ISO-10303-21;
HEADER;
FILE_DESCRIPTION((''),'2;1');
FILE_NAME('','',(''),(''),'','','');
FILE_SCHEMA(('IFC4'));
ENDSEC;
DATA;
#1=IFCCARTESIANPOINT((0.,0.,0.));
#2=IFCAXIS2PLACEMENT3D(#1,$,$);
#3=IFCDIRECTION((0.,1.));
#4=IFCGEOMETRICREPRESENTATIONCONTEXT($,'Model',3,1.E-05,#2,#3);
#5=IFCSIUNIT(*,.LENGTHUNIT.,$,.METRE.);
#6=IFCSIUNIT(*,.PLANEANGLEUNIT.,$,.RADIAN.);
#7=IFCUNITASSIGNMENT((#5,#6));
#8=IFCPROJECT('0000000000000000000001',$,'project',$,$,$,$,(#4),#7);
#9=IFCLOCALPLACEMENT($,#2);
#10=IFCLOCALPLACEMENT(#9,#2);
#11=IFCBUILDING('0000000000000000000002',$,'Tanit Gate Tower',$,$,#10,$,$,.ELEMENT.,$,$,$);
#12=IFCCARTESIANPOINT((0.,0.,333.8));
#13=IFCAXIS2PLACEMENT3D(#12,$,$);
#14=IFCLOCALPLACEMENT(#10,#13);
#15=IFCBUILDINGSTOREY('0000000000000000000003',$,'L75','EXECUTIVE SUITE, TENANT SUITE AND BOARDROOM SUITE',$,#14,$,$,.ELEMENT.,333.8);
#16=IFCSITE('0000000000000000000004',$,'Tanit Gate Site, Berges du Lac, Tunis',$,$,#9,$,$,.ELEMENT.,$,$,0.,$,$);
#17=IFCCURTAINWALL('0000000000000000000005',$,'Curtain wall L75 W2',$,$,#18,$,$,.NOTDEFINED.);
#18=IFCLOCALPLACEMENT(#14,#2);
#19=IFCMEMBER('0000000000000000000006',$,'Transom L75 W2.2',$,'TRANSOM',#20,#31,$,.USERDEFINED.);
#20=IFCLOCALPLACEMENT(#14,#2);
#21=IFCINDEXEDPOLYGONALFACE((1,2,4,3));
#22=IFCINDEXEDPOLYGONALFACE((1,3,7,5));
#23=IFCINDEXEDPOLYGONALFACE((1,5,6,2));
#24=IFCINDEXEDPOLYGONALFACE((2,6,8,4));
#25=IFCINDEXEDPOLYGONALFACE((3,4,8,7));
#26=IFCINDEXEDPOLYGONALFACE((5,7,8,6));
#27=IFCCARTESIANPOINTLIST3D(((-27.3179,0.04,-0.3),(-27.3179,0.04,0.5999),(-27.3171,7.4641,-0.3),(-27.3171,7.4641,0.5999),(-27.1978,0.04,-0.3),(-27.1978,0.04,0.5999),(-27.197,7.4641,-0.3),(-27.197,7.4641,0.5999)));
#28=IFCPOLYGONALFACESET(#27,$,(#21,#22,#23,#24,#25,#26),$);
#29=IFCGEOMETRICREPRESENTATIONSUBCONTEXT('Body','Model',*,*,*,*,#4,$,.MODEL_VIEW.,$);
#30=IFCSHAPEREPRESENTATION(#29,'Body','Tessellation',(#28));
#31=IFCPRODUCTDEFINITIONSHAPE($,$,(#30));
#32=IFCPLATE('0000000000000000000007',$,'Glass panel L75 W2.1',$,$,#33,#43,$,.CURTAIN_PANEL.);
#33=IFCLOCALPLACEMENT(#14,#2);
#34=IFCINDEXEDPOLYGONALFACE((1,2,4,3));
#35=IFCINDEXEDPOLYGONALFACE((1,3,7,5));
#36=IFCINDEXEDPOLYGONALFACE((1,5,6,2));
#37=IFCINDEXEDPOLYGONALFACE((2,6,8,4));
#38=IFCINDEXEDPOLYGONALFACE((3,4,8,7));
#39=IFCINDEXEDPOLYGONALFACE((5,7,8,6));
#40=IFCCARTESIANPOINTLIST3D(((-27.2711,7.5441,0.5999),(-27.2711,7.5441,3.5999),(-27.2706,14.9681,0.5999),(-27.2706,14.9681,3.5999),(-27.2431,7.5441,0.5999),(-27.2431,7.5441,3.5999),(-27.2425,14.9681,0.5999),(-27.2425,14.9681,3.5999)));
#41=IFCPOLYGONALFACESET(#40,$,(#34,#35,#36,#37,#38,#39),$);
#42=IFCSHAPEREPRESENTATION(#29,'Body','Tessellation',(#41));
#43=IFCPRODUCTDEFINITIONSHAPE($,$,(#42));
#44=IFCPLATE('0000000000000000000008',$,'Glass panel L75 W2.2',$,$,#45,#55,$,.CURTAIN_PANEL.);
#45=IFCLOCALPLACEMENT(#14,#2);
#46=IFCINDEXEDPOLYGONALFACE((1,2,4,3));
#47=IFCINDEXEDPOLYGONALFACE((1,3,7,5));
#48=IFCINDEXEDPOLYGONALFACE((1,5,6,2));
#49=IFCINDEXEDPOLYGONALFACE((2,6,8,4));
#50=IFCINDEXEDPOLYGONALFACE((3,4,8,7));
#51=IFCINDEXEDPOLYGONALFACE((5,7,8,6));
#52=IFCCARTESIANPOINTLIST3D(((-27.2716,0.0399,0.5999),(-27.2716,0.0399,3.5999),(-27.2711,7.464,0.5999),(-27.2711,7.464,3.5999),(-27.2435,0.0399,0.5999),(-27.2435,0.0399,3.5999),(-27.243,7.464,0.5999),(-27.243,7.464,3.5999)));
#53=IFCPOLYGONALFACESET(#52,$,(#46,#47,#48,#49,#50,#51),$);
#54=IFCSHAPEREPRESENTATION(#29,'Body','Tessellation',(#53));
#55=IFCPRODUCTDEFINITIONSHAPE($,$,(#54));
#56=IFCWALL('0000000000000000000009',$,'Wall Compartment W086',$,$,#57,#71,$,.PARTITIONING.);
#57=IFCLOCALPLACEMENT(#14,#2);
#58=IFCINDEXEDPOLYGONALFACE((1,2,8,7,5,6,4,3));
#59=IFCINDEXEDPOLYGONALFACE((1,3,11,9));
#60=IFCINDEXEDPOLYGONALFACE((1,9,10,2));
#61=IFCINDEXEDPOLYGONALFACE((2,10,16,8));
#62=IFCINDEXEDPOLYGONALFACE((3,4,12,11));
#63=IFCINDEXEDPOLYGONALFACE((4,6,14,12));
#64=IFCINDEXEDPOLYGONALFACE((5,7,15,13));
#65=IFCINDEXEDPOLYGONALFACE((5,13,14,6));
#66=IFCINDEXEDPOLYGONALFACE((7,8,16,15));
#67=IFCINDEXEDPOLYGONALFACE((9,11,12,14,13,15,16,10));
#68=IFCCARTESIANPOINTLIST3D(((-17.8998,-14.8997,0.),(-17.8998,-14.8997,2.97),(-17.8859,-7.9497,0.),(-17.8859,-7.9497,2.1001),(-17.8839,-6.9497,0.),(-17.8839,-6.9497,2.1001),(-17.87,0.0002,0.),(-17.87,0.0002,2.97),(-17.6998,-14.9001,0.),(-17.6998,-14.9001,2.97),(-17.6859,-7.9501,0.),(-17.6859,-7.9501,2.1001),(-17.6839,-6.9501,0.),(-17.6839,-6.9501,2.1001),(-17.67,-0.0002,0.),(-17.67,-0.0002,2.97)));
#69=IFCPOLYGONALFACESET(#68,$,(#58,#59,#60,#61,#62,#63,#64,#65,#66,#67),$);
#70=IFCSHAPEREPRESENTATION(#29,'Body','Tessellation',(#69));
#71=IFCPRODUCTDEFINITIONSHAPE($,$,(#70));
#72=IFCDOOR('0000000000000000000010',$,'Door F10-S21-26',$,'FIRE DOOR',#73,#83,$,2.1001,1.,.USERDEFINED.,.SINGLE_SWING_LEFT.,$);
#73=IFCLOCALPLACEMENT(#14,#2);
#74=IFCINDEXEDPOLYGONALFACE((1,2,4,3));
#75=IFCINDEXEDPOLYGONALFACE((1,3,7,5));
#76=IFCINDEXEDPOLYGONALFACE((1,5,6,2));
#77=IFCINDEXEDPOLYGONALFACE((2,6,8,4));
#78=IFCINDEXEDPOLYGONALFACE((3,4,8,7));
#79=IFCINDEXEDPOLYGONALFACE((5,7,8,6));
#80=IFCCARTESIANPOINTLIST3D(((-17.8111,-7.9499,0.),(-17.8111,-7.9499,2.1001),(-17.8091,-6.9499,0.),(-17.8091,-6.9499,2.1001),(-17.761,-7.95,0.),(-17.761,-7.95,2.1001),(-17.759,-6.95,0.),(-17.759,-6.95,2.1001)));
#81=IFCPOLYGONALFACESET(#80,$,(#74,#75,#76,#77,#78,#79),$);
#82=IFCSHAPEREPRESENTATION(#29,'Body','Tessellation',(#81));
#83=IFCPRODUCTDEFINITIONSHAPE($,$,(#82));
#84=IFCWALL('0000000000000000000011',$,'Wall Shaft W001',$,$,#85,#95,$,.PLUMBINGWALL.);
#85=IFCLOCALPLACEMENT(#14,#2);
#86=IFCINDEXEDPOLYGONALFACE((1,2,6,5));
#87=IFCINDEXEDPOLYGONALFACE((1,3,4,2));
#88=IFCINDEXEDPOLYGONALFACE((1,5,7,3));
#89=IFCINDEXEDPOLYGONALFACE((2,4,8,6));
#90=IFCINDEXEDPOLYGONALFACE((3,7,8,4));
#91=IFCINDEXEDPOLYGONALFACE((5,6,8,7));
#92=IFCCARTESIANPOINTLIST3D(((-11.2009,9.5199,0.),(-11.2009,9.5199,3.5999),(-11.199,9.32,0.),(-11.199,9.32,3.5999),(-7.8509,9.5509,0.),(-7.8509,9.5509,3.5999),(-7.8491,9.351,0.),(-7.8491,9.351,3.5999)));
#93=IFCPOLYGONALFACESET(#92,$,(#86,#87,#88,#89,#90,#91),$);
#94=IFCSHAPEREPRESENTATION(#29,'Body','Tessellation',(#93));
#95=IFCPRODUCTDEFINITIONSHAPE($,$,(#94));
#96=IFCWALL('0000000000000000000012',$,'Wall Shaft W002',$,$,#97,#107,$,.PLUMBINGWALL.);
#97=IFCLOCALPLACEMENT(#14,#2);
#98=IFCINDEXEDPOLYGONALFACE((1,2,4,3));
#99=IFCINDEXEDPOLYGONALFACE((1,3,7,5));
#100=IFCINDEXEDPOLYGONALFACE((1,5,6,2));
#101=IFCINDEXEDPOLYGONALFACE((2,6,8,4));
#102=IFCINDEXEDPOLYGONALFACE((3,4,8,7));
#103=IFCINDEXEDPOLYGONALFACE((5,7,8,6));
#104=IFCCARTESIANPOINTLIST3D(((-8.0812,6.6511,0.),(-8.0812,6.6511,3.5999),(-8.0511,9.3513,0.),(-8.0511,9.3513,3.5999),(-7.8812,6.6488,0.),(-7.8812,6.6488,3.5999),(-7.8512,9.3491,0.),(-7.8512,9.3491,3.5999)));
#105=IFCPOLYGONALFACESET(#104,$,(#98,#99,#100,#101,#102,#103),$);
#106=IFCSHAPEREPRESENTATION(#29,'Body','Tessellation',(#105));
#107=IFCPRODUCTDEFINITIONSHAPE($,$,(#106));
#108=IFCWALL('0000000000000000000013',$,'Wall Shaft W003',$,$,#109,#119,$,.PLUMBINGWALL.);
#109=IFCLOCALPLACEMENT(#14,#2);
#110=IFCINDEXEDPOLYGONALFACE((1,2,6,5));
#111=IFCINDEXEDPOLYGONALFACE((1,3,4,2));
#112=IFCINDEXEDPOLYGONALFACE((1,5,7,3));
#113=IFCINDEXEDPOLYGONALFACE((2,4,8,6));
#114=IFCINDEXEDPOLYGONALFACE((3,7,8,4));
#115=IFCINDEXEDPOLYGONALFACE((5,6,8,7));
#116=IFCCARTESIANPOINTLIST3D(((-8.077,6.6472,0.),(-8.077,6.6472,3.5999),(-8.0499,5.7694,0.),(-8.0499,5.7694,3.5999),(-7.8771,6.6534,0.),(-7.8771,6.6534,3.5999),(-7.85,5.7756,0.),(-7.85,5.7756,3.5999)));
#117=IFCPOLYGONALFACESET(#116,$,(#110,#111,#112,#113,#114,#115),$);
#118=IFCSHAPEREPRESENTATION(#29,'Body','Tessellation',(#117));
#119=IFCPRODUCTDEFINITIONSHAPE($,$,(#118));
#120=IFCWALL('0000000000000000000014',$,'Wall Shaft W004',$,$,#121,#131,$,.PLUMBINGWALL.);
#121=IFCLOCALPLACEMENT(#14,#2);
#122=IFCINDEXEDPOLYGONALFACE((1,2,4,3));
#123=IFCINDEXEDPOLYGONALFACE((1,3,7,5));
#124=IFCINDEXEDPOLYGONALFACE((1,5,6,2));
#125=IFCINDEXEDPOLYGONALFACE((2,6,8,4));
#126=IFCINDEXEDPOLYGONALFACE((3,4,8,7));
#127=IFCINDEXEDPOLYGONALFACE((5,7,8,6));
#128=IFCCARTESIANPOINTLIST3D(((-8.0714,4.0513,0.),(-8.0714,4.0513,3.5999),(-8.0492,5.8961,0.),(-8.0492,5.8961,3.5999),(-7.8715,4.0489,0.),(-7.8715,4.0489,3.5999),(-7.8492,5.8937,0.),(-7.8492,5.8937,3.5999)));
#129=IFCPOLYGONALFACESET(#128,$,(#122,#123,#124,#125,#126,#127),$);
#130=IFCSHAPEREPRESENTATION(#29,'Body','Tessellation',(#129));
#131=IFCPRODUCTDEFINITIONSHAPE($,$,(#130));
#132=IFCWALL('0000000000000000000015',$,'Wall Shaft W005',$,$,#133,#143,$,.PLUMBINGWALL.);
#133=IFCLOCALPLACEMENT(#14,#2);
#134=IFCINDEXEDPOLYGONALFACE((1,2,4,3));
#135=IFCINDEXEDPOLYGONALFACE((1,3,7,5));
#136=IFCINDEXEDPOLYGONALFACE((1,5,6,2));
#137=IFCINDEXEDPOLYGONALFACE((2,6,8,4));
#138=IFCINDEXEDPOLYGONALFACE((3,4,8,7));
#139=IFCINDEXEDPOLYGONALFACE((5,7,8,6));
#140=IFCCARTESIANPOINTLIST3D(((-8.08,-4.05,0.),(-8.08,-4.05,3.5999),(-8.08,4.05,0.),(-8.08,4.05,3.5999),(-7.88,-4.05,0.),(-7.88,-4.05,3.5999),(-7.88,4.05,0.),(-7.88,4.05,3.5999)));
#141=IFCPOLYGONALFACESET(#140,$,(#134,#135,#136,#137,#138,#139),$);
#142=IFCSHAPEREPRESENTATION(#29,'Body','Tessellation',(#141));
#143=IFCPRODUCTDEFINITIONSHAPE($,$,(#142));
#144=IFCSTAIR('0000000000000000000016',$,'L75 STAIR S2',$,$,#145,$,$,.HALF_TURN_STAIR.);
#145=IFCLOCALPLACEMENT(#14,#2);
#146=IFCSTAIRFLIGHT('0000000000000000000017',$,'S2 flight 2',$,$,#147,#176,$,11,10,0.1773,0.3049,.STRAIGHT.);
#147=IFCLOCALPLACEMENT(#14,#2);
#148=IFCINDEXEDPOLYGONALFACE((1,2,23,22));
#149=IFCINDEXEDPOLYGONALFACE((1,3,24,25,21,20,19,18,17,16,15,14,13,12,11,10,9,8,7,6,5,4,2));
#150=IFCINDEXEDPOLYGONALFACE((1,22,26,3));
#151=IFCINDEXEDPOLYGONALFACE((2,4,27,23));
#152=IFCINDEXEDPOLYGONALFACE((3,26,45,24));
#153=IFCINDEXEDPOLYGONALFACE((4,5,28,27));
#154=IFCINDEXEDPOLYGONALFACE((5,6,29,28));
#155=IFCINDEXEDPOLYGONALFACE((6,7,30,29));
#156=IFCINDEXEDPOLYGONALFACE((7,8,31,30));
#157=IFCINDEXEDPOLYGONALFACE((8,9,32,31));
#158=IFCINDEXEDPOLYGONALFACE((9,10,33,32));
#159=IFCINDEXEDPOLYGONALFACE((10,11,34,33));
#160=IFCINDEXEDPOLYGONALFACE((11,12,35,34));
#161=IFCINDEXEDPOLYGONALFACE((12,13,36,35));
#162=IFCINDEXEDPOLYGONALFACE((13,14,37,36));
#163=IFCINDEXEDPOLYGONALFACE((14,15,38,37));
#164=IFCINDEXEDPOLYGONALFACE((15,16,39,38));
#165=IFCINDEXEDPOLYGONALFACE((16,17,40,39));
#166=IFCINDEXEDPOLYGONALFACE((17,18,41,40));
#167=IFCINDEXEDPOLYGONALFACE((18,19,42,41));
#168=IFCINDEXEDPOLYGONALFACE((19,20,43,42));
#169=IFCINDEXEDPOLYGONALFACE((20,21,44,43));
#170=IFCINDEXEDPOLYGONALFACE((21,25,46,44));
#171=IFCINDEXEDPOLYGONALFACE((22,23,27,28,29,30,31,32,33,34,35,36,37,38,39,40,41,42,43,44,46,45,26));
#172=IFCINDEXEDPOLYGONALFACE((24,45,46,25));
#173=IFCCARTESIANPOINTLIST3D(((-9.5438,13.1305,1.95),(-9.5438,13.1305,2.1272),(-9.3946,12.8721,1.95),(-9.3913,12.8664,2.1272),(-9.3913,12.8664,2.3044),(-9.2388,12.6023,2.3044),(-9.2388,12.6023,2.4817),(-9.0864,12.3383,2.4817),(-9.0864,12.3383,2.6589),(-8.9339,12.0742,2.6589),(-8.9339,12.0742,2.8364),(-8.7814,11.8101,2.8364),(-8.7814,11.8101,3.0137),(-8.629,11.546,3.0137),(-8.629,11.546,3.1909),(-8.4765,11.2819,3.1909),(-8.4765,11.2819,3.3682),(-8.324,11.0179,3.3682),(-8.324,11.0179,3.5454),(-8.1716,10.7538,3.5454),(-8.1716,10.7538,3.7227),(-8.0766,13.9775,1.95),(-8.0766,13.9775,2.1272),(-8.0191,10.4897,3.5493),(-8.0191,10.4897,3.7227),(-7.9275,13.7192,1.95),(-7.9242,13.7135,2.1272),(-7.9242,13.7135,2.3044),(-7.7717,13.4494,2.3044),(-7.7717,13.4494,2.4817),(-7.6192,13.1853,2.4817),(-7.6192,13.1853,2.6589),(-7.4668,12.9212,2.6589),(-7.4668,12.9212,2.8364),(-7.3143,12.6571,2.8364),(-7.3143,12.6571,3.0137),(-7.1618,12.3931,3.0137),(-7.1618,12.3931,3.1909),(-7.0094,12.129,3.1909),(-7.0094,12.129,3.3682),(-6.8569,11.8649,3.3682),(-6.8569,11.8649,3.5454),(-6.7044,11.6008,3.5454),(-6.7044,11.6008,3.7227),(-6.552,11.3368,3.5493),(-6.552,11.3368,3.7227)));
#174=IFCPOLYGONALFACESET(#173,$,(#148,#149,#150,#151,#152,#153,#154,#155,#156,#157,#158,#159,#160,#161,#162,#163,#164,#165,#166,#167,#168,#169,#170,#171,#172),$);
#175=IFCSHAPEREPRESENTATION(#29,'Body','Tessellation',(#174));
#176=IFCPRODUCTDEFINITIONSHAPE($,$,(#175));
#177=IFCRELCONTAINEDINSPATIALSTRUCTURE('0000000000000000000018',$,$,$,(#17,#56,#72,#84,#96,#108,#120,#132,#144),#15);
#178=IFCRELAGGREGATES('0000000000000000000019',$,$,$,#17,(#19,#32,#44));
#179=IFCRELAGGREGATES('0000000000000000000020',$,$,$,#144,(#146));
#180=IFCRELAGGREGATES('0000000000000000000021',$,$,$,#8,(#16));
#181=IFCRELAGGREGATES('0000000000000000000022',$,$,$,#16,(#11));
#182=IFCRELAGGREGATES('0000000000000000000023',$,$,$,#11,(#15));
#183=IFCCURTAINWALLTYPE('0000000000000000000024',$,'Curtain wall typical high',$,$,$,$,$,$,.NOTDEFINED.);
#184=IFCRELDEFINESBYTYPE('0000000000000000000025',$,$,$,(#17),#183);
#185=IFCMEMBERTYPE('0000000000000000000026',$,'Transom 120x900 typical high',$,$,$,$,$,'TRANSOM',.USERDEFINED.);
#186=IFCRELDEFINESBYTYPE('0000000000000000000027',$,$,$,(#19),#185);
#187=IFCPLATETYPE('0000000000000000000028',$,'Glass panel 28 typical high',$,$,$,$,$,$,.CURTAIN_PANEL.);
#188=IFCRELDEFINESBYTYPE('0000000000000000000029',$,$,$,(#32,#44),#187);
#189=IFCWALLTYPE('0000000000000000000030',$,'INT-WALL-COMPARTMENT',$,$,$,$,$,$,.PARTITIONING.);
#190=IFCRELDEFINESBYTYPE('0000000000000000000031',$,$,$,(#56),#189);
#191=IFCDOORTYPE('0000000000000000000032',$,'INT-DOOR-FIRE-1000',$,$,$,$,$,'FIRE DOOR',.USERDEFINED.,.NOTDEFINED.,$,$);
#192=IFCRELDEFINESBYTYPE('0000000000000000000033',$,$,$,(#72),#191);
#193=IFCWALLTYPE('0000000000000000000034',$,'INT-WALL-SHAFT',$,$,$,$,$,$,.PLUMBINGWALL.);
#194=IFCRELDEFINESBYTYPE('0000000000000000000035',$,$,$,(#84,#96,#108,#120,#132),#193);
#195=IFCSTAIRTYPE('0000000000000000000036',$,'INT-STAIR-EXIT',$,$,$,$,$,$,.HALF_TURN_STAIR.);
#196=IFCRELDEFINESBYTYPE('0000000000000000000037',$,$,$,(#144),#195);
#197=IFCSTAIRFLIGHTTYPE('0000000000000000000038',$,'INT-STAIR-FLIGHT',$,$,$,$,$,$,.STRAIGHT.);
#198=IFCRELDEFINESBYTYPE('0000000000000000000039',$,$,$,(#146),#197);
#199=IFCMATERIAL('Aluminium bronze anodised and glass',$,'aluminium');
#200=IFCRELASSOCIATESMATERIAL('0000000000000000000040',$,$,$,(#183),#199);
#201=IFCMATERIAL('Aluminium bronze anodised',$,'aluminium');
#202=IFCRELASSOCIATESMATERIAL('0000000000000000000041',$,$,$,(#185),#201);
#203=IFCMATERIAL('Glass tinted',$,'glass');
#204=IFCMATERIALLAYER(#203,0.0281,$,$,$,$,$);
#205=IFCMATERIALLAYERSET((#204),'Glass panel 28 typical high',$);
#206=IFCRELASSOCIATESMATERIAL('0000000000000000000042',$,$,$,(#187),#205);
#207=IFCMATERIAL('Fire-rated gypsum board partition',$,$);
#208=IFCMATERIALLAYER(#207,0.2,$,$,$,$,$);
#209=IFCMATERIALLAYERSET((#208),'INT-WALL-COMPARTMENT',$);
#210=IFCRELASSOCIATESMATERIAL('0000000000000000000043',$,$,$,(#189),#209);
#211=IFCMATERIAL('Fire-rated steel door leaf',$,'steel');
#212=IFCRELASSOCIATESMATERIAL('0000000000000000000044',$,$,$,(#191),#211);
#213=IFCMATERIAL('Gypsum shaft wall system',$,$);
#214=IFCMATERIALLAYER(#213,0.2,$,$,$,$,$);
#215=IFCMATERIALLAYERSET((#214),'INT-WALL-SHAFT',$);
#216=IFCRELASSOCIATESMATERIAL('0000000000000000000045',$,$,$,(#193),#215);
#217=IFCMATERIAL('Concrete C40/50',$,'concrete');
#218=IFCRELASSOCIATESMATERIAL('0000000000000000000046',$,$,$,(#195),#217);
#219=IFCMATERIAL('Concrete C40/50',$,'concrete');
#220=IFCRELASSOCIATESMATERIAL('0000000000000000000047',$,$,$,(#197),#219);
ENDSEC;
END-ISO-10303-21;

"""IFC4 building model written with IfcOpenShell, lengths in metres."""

from ifc_helpers import new_model, si_unit, direction, frame, frame_2d, origin, origin_2d, place, context, subcontext, project, spatial, polyline, rectangle, outline, extrude, material, layer, layer_set, material_profile, profile_set, type_object, element, fill, aggregate, save


model = new_model("IFC4")

# Units and contexts
model_context = context("Model", 3, precision=1e-05, world=origin(), true_north=direction((0.0, 1.0)))
body_context = subcontext(model_context, "Body", "Model", "MODEL_VIEW")
ifc_project = project(units=[si_unit("LENGTHUNIT", "METRE"), si_unit("PLANEANGLEUNIT", "RADIAN")], contexts=[model_context])

# Site, building, storey
site_placement = place(None, origin())
site = spatial("IfcSite", under=ifc_project, at=site_placement, Name="Tanit Gate Site, Berges du Lac, Tunis", CompositionType="ELEMENT", RefElevation=0.0)
building_placement = place(site_placement, origin())
building = spatial("IfcBuilding", under=site, at=building_placement, Name="Tanit Gate Tower", CompositionType="ELEMENT")
storey_placement = place(building_placement, frame((0.0, 0.0, 333.8)))
storey = spatial("IfcBuildingStorey", under=building, at=storey_placement, Name="L75", Description="EXECUTIVE SUITE, TENANT SUITE AND BOARDROOM SUITE", CompositionType="ELEMENT", Elevation=333.8)

# Curtain wall
ifc_material_1 = material(Name="Aluminium bronze anodised and glass", Category="aluminium")
curtain_wall_type = type_object("IfcCurtainWallType", Name="Curtain wall typical high", PredefinedType="NOTDEFINED", material=ifc_material_1)
curtain_wall_1_placement = place(storey_placement, origin())
curtain_wall_1 = element("IfcCurtainWall", 1, at=curtain_wall_1_placement, inside=storey, type_object=curtain_wall_type, Name="Curtain wall L75 W2", PredefinedType="NOTDEFINED")

# Member
ifc_material_2 = material(Name="Aluminium bronze anodised", Category="aluminium")
ifc_material_profile_1 = material_profile(ifc_material_2, rectangle(XDim=0.1201, YDim=0.8999, at=origin_2d()), Name="120x900 bronze transom")
ifc_profile_set_1 = profile_set([ifc_material_profile_1], Name="Aluminium bronze anodised")
member_type_1 = type_object("IfcMemberType", Name="Transom 120x900 typical high", ElementType="TRANSOM", PredefinedType="USERDEFINED", material=ifc_profile_set_1)
member_1_placement = place(storey_placement, frame((-27.2571, 7.4641, 0.1499), z_axis=(-0.000099, -1.0, 0.0), x_axis=(1.0, -0.000099, 0.0)))
member_1 = element("IfcMember", 2, at=member_1_placement, type_object=member_type_1, Name="Transom L75 W2.2", ObjectType="TRANSOM", PredefinedType="USERDEFINED", context=body_context, shape_type="SweptSolid", body=[
    extrude(rectangle(XDim=0.1201, YDim=0.8999, at=origin_2d()), origin(), (0.0, 0.0, 1.0), 7.4241),
])

# Plates
ifc_material_3 = material(Name="Glass tinted", Category="glass")
ifc_layer_1 = layer(ifc_material_3, 0.0281)
ifc_layer_set_1 = layer_set([ifc_layer_1], Name="Glass panel 28 typical high")
plate_type = type_object("IfcPlateType", Name="Glass panel 28 typical high", PredefinedType="CURTAIN_PANEL", material=ifc_layer_set_1)
plate_1_placement = place(storey_placement, frame((-27.2568, 11.2561, 0.5999), z_axis=(0.0, 0.0, 1.0), x_axis=(-0.000069, -1.0, 0.0)))
plate_1 = element("IfcPlate", 3, at=plate_1_placement, type_object=plate_type, Name="Glass panel L75 W2.1", PredefinedType="CURTAIN_PANEL", context=body_context, shape_type="SweptSolid", body=[
    extrude(rectangle(XDim=7.4241, YDim=0.0281, at=origin_2d()), origin(), (0.0, 0.0, 1.0), 3.0),
])
plate_2_placement = place(storey_placement, frame((-27.2573, 3.752, 0.5999), z_axis=(0.0, 0.0, 1.0), x_axis=(-0.000069, -1.0, 0.0)))
plate_2 = element("IfcPlate", 4, at=plate_2_placement, type_object=plate_type, Name="Glass panel L75 W2.2", PredefinedType="CURTAIN_PANEL", context=body_context, shape_type="SweptSolid", body=[
    extrude(rectangle(XDim=7.4241, YDim=0.0281, at=origin_2d()), origin(), (0.0, 0.0, 1.0), 3.0),
])
aggregate(curtain_wall_1, [member_1, plate_1, plate_2])

# Wall, opening, door
ifc_material_4 = material(Name="Fire-rated gypsum board partition")
ifc_layer_2 = layer(ifc_material_4, 0.2)
ifc_layer_set_2 = layer_set([ifc_layer_2], Name="INT-WALL-COMPARTMENT")
wall_type_1 = type_object("IfcWallType", Name="INT-WALL-COMPARTMENT", PredefinedType="PARTITIONING", material=ifc_layer_set_2)
wall_1_placement = place(storey_placement, frame((-17.77, 0.0, 0.0), z_axis=(0.0, 0.0, 1.0), x_axis=(-0.001999, -0.999998, 0.0)))
wall_1 = element("IfcWall", 5, at=wall_1_placement, inside=storey, type_object=wall_type_1, Name="Wall Compartment W086", PredefinedType="PARTITIONING", context=body_context, shape_type="SweptSolid", body=[
    extrude(rectangle(XDim=14.8999, YDim=0.2, at=frame_2d((7.45, 0.0))), origin(), (0.0, 0.0, 1.0), 2.97),
])
opening_placement = place(wall_1_placement, frame((6.95, 0.0, 0.0)))
opening = element("IfcOpeningElement", 6, at=opening_placement, cuts=wall_1, PredefinedType="OPENING", context=body_context, shape_type="SweptSolid", body=[
    extrude(rectangle(XDim=1.0, YDim=2.1001, at=frame_2d((0.5, 1.05))), frame((0.0, 0.1099, 0.0), z_axis=(0.0, -1.0, 0.0), x_axis=(1.0, 0.0, 0.0)), (0.0, 0.0, 1.0), 0.22),
])
ifc_material_5 = material(Name="Fire-rated steel door leaf", Category="steel")
door_type = type_object("IfcDoorType", Name="INT-DOOR-FIRE-1000", ElementType="FIRE DOOR", OperationType="NOTDEFINED", PredefinedType="USERDEFINED", material=ifc_material_5)
door_placement = place(opening_placement, origin())
door = element("IfcDoor", 7, at=door_placement, inside=storey, type_object=door_type, Name="Door F10-S21-26", ObjectType="FIRE DOOR", OperationType="SINGLE_SWING_LEFT", OverallHeight=2.1001, OverallWidth=1.0, PredefinedType="USERDEFINED", context=body_context, shape_type="SweptSolid", body=[
    extrude(rectangle(XDim=1.0, YDim=2.1001, at=frame_2d((0.5, 1.05))), frame((0.0, 0.0249, 0.0), z_axis=(0.0, -1.0, 0.0), x_axis=(1.0, 0.0, 0.0)), (0.0, 0.0, 1.0), 0.05),
])
fill(opening, door)

# Walls
ifc_material_6 = material(Name="Gypsum shaft wall system")
ifc_layer_3 = layer(ifc_material_6, 0.2)
ifc_layer_set_3 = layer_set([ifc_layer_3], Name="INT-WALL-SHAFT")
wall_type_2 = type_object("IfcWallType", Name="INT-WALL-SHAFT", PredefinedType="PLUMBINGWALL", material=ifc_layer_set_3)
wall_2_placement = place(storey_placement, frame((-11.2, 9.4199, 0.0), z_axis=(0.0, 0.0, 1.0), x_axis=(0.999957, 0.009255, 0.0)))
element("IfcWall", 8, at=wall_2_placement, inside=storey, type_object=wall_type_2, Name="Wall Shaft W001", PredefinedType="PLUMBINGWALL", context=body_context, shape_type="SweptSolid", body=[
    extrude(rectangle(XDim=3.3501, YDim=0.2, at=frame_2d((1.675, 0.0))), origin(), (0.0, 0.0, 1.0), 3.5999),
])
wall_3_placement = place(storey_placement, frame((-7.9512, 9.3501, 0.0), z_axis=(0.0, 0.0, 1.0), x_axis=(-0.01112, -0.999938, 0.0)))
element("IfcWall", 9, at=wall_3_placement, inside=storey, type_object=wall_type_2, Name="Wall Shaft W002", PredefinedType="PLUMBINGWALL", context=body_context, shape_type="SweptSolid", body=[
    extrude(rectangle(XDim=2.7004, YDim=0.2, at=frame_2d((1.3501, 0.0))), origin(), (0.0, 0.0, 1.0), 3.5999),
])
wall_4_placement = place(storey_placement, frame((-7.9771, 6.6501, 0.0), z_axis=(0.0, 0.0, 1.0), x_axis=(0.030862, -0.999524, 0.0)))
element("IfcWall", 10, at=wall_4_placement, inside=storey, type_object=wall_type_2, Name="Wall Shaft W003", PredefinedType="PLUMBINGWALL", context=body_context, shape_type="SweptSolid", body=[
    extrude(rectangle(XDim=0.8782, YDim=0.2, at=frame_2d((0.439, 0.0))), origin(), (0.0, 0.0, 1.0), 3.5999),
])
wall_5_placement = place(storey_placement, frame((-7.9492, 5.8948, 0.0), z_axis=(0.0, 0.0, 1.0), x_axis=(-0.012043, -0.999927, 0.0)))
element("IfcWall", 11, at=wall_5_placement, inside=storey, type_object=wall_type_2, Name="Wall Shaft W004", PredefinedType="PLUMBINGWALL", context=body_context, shape_type="SweptSolid", body=[
    extrude(rectangle(XDim=1.845, YDim=0.2, at=frame_2d((0.9224, 0.0))), origin(), (0.0, 0.0, 1.0), 3.5999),
])
wall_6_placement = place(storey_placement, frame((-7.98, 4.05, 0.0), z_axis=(0.0, 0.0, 1.0), x_axis=(0.0, -1.0, 0.0)))
element("IfcWall", 12, at=wall_6_placement, inside=storey, type_object=wall_type_2, Name="Wall Shaft W005", PredefinedType="PLUMBINGWALL", context=body_context, shape_type="SweptSolid", body=[
    extrude(rectangle(XDim=8.1001, YDim=0.2, at=frame_2d((4.05, 0.0))), origin(), (0.0, 0.0, 1.0), 3.5999),
])

# Stair, stair flight
ifc_material_7 = material(Name="Concrete C40/50", Category="concrete")
stair_type = type_object("IfcStairType", Name="INT-STAIR-EXIT", PredefinedType="HALF_TURN_STAIR", material=ifc_material_7)
stair_placement = place(storey_placement, origin())
stair = element("IfcStair", 13, at=stair_placement, inside=storey, type_object=stair_type, Name="L75 STAIR S2", PredefinedType="HALF_TURN_STAIR")
ifc_material_8 = material(Name="Concrete C40/50", Category="concrete")
stair_flight_type = type_object("IfcStairFlightType", Name="INT-STAIR-FLIGHT", PredefinedType="STRAIGHT", material=ifc_material_8)
stair_flight_placement = place(storey_placement, frame((-8.8103, 13.554, 1.95), z_axis=(0.0, 0.0, 1.0), x_axis=(0.5, -0.866025, 0.0)))
stair_flight = element("IfcStairFlight", 14, at=stair_flight_placement, type_object=stair_flight_type, Name="S2 flight 2", NumberOfRisers=11, NumberOfTreads=10, PredefinedType="STRAIGHT", RiserHeight=0.1773, TreadLength=0.3049, context=body_context, shape_type="SweptSolid", body=[
    extrude(outline(polyline([(0.0, 0.0), (0.0, 0.1772), (0.3049, 0.1772), (0.3049, 0.3545), (0.6099, 0.3545), (0.6099, 0.5317), (0.9148, 0.5317), (0.9148, 0.709), (1.2197, 0.709), (1.2197, 0.8865), (1.5247, 0.8865), (1.5247, 1.0637), (1.8296, 1.0637), (1.8296, 1.241), (2.1345, 1.241), (2.1345, 1.4182), (2.4395, 1.4182), (2.4395, 1.5955), (2.7444, 1.5955), (2.7444, 1.7727), (3.0493, 1.7727), (3.0493, 1.95), (3.0493, 1.5994), (0.2983, 0.0), (0.0, 0.0)])), frame((0.0, 0.8472, 0.0), z_axis=(0.0, -1.0, 0.0), x_axis=(1.0, 0.0, 0.0)), (0.0, 0.0, 1.0), 1.6941),
])
aggregate(stair, [stair_flight])

save(model, "model.ifc")
